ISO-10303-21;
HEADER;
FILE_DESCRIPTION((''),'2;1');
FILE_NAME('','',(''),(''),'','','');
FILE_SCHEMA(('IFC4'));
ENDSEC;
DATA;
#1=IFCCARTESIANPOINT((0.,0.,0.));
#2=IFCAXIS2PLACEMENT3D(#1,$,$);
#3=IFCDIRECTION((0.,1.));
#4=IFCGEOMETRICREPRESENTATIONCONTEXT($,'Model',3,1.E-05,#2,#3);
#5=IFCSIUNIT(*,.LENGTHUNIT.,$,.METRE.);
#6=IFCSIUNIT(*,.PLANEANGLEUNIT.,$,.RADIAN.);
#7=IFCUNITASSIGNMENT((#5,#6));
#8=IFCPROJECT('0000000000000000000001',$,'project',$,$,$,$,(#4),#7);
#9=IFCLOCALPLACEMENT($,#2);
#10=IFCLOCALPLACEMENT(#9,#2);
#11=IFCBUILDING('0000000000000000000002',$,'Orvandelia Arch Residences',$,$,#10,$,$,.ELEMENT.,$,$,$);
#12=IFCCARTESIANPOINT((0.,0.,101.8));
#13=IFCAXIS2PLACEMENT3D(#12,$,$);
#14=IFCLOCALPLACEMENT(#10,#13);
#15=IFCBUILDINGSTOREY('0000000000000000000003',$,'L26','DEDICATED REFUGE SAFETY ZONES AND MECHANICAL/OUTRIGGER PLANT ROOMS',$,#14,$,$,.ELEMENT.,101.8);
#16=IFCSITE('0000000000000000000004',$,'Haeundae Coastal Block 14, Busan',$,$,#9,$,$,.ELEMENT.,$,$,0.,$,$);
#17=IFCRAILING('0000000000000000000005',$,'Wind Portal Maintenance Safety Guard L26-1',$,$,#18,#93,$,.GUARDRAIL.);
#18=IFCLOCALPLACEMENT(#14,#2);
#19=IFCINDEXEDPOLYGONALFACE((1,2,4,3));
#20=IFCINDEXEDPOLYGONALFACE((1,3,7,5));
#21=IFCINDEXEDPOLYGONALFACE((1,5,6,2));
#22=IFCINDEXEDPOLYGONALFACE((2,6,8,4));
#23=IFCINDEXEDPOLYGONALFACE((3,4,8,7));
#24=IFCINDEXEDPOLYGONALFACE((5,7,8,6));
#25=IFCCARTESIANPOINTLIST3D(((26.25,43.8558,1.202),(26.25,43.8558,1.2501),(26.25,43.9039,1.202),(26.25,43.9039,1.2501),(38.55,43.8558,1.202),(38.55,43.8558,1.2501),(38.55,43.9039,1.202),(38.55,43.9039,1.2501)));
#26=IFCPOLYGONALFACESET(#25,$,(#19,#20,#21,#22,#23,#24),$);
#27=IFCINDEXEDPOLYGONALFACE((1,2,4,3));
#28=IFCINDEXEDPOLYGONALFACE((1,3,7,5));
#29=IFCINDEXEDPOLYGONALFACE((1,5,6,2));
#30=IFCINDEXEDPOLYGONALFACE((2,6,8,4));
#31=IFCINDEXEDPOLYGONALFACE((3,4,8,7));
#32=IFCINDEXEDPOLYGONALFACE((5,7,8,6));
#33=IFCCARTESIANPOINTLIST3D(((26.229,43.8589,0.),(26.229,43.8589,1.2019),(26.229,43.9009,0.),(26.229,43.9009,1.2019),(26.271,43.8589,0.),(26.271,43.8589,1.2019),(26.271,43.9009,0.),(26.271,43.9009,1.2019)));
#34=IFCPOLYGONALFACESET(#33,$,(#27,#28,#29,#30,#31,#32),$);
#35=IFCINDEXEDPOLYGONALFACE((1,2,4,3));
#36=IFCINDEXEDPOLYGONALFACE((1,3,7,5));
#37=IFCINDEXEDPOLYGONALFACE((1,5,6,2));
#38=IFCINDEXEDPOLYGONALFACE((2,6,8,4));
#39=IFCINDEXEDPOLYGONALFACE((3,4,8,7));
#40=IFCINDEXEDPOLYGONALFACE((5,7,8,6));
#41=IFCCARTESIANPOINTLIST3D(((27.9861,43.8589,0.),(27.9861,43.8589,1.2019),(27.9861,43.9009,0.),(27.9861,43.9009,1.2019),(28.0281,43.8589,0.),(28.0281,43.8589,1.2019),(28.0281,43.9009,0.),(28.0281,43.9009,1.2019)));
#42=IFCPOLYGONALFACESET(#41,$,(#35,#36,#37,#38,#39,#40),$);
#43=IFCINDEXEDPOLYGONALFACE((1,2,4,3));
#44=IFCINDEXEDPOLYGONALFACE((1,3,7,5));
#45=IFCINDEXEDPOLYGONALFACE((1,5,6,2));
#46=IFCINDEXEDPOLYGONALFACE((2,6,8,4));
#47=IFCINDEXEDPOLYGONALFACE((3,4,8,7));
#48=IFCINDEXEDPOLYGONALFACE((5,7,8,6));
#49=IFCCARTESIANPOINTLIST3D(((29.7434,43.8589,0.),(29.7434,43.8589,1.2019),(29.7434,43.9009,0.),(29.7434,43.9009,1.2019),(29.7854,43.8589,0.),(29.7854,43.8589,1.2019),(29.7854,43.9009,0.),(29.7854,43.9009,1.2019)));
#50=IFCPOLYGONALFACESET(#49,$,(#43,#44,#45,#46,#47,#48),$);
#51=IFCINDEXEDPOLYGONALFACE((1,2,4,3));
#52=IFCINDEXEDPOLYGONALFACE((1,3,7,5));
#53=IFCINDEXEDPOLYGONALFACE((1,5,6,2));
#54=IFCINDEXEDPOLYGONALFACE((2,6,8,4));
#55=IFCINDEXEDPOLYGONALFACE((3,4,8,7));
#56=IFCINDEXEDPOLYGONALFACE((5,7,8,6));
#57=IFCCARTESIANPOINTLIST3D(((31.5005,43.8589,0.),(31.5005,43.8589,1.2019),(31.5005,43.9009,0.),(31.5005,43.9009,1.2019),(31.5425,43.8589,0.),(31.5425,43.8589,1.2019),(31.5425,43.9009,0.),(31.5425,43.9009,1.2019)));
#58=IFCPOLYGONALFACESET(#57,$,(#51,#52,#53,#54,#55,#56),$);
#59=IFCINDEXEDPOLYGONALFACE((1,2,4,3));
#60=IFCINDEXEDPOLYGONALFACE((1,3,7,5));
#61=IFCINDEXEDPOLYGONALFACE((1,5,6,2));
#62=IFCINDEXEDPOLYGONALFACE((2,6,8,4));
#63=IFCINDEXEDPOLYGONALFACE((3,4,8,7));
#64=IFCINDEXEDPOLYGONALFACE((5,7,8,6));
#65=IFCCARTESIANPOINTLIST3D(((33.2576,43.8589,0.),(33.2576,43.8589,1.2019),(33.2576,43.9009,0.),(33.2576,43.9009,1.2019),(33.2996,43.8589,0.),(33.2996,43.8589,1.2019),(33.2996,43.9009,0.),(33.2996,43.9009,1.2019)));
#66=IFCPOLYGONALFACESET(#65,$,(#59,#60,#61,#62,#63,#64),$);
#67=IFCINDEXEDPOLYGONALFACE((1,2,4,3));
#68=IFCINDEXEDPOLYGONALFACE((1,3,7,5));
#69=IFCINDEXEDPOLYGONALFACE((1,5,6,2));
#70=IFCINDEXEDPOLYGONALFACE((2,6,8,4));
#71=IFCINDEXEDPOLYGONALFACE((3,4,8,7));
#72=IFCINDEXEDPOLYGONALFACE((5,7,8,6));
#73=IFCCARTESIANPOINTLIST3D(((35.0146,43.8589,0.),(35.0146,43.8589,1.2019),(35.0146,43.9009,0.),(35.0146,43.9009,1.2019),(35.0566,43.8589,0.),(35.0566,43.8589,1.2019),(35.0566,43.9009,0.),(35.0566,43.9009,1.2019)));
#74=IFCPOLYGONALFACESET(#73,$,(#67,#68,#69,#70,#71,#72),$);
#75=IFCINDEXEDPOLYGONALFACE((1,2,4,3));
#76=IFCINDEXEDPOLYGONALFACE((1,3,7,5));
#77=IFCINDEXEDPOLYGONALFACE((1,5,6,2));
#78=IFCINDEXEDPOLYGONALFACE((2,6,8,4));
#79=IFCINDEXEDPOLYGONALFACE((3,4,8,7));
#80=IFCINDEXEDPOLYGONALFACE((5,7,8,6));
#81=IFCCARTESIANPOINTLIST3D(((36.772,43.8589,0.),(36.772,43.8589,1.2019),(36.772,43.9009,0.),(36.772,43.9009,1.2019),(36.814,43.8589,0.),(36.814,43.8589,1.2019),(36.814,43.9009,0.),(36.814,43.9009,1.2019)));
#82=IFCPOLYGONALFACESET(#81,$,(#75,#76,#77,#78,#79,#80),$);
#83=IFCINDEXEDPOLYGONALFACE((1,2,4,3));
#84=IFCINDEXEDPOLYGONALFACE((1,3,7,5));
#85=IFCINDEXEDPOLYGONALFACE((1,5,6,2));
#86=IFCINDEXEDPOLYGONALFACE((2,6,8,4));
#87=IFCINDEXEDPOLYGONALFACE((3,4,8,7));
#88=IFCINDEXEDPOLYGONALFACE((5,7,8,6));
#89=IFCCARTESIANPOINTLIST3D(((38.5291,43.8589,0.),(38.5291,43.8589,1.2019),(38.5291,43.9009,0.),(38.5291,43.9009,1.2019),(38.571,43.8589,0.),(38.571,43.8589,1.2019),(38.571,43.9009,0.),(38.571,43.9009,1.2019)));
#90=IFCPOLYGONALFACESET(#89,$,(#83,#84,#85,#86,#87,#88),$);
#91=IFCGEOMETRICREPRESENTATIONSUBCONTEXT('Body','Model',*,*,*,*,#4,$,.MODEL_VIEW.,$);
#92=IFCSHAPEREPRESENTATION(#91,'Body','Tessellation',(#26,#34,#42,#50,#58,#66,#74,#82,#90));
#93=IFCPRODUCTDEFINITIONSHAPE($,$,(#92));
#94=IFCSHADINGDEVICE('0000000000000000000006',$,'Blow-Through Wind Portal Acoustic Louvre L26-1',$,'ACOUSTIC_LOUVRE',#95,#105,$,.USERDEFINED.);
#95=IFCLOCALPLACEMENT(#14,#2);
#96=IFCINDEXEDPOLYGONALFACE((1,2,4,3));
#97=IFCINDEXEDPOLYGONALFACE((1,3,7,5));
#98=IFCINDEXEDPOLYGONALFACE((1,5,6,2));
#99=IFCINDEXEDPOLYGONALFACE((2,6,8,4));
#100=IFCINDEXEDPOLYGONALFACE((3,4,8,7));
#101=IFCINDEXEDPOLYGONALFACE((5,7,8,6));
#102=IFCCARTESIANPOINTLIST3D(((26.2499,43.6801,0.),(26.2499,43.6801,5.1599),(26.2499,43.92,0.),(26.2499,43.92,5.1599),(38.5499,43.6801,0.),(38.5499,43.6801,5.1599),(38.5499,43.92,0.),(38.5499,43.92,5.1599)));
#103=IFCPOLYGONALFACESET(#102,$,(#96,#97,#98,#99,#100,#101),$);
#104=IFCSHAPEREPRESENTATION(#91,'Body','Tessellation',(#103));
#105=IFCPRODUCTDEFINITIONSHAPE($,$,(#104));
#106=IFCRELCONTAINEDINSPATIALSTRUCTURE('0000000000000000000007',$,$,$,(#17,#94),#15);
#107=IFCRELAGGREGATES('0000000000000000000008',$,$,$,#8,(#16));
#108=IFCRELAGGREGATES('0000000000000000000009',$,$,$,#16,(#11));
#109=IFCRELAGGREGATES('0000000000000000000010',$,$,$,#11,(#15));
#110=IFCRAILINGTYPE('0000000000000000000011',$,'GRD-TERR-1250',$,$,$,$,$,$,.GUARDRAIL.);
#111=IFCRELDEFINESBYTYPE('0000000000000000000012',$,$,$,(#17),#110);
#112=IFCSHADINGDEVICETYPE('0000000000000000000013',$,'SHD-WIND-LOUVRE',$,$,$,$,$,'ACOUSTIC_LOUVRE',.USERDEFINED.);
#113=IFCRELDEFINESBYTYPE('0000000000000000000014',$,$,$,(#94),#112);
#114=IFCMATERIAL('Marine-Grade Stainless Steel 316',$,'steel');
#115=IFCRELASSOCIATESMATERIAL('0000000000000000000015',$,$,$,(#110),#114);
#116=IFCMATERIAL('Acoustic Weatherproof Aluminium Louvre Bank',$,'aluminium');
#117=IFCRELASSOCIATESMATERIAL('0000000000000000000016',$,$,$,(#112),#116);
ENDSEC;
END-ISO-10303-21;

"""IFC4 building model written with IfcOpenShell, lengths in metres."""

from ifc_helpers import new_model, si_unit, direction, frame, origin, origin_2d, place, context, subcontext, project, spatial, rectangle, extrude, material, type_object, element, save


model = new_model("IFC4")

# Units and contexts
model_context = context("Model", 3, precision=1e-05, world=origin(), true_north=direction((0.0, 1.0)))
body_context = subcontext(model_context, "Body", "Model", "MODEL_VIEW")
ifc_project = project(units=[si_unit("LENGTHUNIT", "METRE"), si_unit("PLANEANGLEUNIT", "RADIAN")], contexts=[model_context])

# Site, building, storey
site_placement = place(None, origin())
site = spatial("IfcSite", under=ifc_project, at=site_placement, Name="Haeundae Coastal Block 14, Busan", CompositionType="ELEMENT", RefElevation=0.0)
building_placement = place(site_placement, origin())
building = spatial("IfcBuilding", under=site, at=building_placement, Name="Orvandelia Arch Residences", CompositionType="ELEMENT")
storey_placement = place(building_placement, frame((0.0, 0.0, 101.8)))
storey = spatial("IfcBuildingStorey", under=building, at=storey_placement, Name="L26", Description="DEDICATED REFUGE SAFETY ZONES AND MECHANICAL/OUTRIGGER PLANT ROOMS", CompositionType="ELEMENT", Elevation=101.8)

# Railing
ifc_material_1 = material(Name="Marine-Grade Stainless Steel 316", Category="steel")
railing_type = type_object("IfcRailingType", Name="GRD-TERR-1250", PredefinedType="GUARDRAIL", material=ifc_material_1)
railing_placement = place(storey_placement, frame((26.25, 43.8799, 0.0)))
element("IfcRailing", 1, at=railing_placement, inside=storey, type_object=railing_type, Name="Wind Portal Maintenance Safety Guard L26-1", PredefinedType="GUARDRAIL", context=body_context, shape_type="SweptSolid", body=[
    extrude(rectangle(XDim=0.0481, YDim=0.0481, at=origin_2d()), frame((0.0, 0.0, 1.2261), z_axis=(1.0, 0.0, 0.0), x_axis=(0.0, 1.0, 0.0)), (0.0, 0.0, 1.0), 12.3),
    extrude(rectangle(XDim=0.042, YDim=0.042, at=origin_2d()), origin(), (0.0, 0.0, 1.0), 1.2019),
    extrude(rectangle(XDim=0.042, YDim=0.042, at=origin_2d()), frame((1.7571, 0.0, 0.0)), (0.0, 0.0, 1.0), 1.2019),
    extrude(rectangle(XDim=0.042, YDim=0.042, at=origin_2d()), frame((3.5144, 0.0, 0.0)), (0.0, 0.0, 1.0), 1.2019),
    extrude(rectangle(XDim=0.042, YDim=0.042, at=origin_2d()), frame((5.2715, 0.0, 0.0)), (0.0, 0.0, 1.0), 1.2019),
    extrude(rectangle(XDim=0.042, YDim=0.042, at=origin_2d()), frame((7.0286, 0.0, 0.0)), (0.0, 0.0, 1.0), 1.2019),
    extrude(rectangle(XDim=0.042, YDim=0.042, at=origin_2d()), frame((8.7856, 0.0, 0.0)), (0.0, 0.0, 1.0), 1.2019),
    extrude(rectangle(XDim=0.042, YDim=0.042, at=origin_2d()), frame((10.543, 0.0, 0.0)), (0.0, 0.0, 1.0), 1.2019),
    extrude(rectangle(XDim=0.042, YDim=0.042, at=origin_2d()), frame((12.3, 0.0, 0.0)), (0.0, 0.0, 1.0), 1.2019),
])

# Shading device
ifc_material_2 = material(Name="Acoustic Weatherproof Aluminium Louvre Bank", Category="aluminium")
shading_device_type = type_object("IfcShadingDeviceType", Name="SHD-WIND-LOUVRE", ElementType="ACOUSTIC_LOUVRE", PredefinedType="USERDEFINED", material=ifc_material_2)
shading_device_placement = place(storey_placement, frame((32.3999, 43.8, 0.0), z_axis=(0.0, 0.0, 1.0), x_axis=(1.0, 0.0, 0.0)))
element("IfcShadingDevice", 2, at=shading_device_placement, inside=storey, type_object=shading_device_type, Name="Blow-Through Wind Portal Acoustic Louvre L26-1", ObjectType="ACOUSTIC_LOUVRE", PredefinedType="USERDEFINED", context=body_context, shape_type="SweptSolid", body=[
    extrude(rectangle(XDim=12.3, YDim=0.24, at=origin_2d()), origin(), (0.0, 0.0, 1.0), 5.1599),
])

save(model, "model.ifc")
